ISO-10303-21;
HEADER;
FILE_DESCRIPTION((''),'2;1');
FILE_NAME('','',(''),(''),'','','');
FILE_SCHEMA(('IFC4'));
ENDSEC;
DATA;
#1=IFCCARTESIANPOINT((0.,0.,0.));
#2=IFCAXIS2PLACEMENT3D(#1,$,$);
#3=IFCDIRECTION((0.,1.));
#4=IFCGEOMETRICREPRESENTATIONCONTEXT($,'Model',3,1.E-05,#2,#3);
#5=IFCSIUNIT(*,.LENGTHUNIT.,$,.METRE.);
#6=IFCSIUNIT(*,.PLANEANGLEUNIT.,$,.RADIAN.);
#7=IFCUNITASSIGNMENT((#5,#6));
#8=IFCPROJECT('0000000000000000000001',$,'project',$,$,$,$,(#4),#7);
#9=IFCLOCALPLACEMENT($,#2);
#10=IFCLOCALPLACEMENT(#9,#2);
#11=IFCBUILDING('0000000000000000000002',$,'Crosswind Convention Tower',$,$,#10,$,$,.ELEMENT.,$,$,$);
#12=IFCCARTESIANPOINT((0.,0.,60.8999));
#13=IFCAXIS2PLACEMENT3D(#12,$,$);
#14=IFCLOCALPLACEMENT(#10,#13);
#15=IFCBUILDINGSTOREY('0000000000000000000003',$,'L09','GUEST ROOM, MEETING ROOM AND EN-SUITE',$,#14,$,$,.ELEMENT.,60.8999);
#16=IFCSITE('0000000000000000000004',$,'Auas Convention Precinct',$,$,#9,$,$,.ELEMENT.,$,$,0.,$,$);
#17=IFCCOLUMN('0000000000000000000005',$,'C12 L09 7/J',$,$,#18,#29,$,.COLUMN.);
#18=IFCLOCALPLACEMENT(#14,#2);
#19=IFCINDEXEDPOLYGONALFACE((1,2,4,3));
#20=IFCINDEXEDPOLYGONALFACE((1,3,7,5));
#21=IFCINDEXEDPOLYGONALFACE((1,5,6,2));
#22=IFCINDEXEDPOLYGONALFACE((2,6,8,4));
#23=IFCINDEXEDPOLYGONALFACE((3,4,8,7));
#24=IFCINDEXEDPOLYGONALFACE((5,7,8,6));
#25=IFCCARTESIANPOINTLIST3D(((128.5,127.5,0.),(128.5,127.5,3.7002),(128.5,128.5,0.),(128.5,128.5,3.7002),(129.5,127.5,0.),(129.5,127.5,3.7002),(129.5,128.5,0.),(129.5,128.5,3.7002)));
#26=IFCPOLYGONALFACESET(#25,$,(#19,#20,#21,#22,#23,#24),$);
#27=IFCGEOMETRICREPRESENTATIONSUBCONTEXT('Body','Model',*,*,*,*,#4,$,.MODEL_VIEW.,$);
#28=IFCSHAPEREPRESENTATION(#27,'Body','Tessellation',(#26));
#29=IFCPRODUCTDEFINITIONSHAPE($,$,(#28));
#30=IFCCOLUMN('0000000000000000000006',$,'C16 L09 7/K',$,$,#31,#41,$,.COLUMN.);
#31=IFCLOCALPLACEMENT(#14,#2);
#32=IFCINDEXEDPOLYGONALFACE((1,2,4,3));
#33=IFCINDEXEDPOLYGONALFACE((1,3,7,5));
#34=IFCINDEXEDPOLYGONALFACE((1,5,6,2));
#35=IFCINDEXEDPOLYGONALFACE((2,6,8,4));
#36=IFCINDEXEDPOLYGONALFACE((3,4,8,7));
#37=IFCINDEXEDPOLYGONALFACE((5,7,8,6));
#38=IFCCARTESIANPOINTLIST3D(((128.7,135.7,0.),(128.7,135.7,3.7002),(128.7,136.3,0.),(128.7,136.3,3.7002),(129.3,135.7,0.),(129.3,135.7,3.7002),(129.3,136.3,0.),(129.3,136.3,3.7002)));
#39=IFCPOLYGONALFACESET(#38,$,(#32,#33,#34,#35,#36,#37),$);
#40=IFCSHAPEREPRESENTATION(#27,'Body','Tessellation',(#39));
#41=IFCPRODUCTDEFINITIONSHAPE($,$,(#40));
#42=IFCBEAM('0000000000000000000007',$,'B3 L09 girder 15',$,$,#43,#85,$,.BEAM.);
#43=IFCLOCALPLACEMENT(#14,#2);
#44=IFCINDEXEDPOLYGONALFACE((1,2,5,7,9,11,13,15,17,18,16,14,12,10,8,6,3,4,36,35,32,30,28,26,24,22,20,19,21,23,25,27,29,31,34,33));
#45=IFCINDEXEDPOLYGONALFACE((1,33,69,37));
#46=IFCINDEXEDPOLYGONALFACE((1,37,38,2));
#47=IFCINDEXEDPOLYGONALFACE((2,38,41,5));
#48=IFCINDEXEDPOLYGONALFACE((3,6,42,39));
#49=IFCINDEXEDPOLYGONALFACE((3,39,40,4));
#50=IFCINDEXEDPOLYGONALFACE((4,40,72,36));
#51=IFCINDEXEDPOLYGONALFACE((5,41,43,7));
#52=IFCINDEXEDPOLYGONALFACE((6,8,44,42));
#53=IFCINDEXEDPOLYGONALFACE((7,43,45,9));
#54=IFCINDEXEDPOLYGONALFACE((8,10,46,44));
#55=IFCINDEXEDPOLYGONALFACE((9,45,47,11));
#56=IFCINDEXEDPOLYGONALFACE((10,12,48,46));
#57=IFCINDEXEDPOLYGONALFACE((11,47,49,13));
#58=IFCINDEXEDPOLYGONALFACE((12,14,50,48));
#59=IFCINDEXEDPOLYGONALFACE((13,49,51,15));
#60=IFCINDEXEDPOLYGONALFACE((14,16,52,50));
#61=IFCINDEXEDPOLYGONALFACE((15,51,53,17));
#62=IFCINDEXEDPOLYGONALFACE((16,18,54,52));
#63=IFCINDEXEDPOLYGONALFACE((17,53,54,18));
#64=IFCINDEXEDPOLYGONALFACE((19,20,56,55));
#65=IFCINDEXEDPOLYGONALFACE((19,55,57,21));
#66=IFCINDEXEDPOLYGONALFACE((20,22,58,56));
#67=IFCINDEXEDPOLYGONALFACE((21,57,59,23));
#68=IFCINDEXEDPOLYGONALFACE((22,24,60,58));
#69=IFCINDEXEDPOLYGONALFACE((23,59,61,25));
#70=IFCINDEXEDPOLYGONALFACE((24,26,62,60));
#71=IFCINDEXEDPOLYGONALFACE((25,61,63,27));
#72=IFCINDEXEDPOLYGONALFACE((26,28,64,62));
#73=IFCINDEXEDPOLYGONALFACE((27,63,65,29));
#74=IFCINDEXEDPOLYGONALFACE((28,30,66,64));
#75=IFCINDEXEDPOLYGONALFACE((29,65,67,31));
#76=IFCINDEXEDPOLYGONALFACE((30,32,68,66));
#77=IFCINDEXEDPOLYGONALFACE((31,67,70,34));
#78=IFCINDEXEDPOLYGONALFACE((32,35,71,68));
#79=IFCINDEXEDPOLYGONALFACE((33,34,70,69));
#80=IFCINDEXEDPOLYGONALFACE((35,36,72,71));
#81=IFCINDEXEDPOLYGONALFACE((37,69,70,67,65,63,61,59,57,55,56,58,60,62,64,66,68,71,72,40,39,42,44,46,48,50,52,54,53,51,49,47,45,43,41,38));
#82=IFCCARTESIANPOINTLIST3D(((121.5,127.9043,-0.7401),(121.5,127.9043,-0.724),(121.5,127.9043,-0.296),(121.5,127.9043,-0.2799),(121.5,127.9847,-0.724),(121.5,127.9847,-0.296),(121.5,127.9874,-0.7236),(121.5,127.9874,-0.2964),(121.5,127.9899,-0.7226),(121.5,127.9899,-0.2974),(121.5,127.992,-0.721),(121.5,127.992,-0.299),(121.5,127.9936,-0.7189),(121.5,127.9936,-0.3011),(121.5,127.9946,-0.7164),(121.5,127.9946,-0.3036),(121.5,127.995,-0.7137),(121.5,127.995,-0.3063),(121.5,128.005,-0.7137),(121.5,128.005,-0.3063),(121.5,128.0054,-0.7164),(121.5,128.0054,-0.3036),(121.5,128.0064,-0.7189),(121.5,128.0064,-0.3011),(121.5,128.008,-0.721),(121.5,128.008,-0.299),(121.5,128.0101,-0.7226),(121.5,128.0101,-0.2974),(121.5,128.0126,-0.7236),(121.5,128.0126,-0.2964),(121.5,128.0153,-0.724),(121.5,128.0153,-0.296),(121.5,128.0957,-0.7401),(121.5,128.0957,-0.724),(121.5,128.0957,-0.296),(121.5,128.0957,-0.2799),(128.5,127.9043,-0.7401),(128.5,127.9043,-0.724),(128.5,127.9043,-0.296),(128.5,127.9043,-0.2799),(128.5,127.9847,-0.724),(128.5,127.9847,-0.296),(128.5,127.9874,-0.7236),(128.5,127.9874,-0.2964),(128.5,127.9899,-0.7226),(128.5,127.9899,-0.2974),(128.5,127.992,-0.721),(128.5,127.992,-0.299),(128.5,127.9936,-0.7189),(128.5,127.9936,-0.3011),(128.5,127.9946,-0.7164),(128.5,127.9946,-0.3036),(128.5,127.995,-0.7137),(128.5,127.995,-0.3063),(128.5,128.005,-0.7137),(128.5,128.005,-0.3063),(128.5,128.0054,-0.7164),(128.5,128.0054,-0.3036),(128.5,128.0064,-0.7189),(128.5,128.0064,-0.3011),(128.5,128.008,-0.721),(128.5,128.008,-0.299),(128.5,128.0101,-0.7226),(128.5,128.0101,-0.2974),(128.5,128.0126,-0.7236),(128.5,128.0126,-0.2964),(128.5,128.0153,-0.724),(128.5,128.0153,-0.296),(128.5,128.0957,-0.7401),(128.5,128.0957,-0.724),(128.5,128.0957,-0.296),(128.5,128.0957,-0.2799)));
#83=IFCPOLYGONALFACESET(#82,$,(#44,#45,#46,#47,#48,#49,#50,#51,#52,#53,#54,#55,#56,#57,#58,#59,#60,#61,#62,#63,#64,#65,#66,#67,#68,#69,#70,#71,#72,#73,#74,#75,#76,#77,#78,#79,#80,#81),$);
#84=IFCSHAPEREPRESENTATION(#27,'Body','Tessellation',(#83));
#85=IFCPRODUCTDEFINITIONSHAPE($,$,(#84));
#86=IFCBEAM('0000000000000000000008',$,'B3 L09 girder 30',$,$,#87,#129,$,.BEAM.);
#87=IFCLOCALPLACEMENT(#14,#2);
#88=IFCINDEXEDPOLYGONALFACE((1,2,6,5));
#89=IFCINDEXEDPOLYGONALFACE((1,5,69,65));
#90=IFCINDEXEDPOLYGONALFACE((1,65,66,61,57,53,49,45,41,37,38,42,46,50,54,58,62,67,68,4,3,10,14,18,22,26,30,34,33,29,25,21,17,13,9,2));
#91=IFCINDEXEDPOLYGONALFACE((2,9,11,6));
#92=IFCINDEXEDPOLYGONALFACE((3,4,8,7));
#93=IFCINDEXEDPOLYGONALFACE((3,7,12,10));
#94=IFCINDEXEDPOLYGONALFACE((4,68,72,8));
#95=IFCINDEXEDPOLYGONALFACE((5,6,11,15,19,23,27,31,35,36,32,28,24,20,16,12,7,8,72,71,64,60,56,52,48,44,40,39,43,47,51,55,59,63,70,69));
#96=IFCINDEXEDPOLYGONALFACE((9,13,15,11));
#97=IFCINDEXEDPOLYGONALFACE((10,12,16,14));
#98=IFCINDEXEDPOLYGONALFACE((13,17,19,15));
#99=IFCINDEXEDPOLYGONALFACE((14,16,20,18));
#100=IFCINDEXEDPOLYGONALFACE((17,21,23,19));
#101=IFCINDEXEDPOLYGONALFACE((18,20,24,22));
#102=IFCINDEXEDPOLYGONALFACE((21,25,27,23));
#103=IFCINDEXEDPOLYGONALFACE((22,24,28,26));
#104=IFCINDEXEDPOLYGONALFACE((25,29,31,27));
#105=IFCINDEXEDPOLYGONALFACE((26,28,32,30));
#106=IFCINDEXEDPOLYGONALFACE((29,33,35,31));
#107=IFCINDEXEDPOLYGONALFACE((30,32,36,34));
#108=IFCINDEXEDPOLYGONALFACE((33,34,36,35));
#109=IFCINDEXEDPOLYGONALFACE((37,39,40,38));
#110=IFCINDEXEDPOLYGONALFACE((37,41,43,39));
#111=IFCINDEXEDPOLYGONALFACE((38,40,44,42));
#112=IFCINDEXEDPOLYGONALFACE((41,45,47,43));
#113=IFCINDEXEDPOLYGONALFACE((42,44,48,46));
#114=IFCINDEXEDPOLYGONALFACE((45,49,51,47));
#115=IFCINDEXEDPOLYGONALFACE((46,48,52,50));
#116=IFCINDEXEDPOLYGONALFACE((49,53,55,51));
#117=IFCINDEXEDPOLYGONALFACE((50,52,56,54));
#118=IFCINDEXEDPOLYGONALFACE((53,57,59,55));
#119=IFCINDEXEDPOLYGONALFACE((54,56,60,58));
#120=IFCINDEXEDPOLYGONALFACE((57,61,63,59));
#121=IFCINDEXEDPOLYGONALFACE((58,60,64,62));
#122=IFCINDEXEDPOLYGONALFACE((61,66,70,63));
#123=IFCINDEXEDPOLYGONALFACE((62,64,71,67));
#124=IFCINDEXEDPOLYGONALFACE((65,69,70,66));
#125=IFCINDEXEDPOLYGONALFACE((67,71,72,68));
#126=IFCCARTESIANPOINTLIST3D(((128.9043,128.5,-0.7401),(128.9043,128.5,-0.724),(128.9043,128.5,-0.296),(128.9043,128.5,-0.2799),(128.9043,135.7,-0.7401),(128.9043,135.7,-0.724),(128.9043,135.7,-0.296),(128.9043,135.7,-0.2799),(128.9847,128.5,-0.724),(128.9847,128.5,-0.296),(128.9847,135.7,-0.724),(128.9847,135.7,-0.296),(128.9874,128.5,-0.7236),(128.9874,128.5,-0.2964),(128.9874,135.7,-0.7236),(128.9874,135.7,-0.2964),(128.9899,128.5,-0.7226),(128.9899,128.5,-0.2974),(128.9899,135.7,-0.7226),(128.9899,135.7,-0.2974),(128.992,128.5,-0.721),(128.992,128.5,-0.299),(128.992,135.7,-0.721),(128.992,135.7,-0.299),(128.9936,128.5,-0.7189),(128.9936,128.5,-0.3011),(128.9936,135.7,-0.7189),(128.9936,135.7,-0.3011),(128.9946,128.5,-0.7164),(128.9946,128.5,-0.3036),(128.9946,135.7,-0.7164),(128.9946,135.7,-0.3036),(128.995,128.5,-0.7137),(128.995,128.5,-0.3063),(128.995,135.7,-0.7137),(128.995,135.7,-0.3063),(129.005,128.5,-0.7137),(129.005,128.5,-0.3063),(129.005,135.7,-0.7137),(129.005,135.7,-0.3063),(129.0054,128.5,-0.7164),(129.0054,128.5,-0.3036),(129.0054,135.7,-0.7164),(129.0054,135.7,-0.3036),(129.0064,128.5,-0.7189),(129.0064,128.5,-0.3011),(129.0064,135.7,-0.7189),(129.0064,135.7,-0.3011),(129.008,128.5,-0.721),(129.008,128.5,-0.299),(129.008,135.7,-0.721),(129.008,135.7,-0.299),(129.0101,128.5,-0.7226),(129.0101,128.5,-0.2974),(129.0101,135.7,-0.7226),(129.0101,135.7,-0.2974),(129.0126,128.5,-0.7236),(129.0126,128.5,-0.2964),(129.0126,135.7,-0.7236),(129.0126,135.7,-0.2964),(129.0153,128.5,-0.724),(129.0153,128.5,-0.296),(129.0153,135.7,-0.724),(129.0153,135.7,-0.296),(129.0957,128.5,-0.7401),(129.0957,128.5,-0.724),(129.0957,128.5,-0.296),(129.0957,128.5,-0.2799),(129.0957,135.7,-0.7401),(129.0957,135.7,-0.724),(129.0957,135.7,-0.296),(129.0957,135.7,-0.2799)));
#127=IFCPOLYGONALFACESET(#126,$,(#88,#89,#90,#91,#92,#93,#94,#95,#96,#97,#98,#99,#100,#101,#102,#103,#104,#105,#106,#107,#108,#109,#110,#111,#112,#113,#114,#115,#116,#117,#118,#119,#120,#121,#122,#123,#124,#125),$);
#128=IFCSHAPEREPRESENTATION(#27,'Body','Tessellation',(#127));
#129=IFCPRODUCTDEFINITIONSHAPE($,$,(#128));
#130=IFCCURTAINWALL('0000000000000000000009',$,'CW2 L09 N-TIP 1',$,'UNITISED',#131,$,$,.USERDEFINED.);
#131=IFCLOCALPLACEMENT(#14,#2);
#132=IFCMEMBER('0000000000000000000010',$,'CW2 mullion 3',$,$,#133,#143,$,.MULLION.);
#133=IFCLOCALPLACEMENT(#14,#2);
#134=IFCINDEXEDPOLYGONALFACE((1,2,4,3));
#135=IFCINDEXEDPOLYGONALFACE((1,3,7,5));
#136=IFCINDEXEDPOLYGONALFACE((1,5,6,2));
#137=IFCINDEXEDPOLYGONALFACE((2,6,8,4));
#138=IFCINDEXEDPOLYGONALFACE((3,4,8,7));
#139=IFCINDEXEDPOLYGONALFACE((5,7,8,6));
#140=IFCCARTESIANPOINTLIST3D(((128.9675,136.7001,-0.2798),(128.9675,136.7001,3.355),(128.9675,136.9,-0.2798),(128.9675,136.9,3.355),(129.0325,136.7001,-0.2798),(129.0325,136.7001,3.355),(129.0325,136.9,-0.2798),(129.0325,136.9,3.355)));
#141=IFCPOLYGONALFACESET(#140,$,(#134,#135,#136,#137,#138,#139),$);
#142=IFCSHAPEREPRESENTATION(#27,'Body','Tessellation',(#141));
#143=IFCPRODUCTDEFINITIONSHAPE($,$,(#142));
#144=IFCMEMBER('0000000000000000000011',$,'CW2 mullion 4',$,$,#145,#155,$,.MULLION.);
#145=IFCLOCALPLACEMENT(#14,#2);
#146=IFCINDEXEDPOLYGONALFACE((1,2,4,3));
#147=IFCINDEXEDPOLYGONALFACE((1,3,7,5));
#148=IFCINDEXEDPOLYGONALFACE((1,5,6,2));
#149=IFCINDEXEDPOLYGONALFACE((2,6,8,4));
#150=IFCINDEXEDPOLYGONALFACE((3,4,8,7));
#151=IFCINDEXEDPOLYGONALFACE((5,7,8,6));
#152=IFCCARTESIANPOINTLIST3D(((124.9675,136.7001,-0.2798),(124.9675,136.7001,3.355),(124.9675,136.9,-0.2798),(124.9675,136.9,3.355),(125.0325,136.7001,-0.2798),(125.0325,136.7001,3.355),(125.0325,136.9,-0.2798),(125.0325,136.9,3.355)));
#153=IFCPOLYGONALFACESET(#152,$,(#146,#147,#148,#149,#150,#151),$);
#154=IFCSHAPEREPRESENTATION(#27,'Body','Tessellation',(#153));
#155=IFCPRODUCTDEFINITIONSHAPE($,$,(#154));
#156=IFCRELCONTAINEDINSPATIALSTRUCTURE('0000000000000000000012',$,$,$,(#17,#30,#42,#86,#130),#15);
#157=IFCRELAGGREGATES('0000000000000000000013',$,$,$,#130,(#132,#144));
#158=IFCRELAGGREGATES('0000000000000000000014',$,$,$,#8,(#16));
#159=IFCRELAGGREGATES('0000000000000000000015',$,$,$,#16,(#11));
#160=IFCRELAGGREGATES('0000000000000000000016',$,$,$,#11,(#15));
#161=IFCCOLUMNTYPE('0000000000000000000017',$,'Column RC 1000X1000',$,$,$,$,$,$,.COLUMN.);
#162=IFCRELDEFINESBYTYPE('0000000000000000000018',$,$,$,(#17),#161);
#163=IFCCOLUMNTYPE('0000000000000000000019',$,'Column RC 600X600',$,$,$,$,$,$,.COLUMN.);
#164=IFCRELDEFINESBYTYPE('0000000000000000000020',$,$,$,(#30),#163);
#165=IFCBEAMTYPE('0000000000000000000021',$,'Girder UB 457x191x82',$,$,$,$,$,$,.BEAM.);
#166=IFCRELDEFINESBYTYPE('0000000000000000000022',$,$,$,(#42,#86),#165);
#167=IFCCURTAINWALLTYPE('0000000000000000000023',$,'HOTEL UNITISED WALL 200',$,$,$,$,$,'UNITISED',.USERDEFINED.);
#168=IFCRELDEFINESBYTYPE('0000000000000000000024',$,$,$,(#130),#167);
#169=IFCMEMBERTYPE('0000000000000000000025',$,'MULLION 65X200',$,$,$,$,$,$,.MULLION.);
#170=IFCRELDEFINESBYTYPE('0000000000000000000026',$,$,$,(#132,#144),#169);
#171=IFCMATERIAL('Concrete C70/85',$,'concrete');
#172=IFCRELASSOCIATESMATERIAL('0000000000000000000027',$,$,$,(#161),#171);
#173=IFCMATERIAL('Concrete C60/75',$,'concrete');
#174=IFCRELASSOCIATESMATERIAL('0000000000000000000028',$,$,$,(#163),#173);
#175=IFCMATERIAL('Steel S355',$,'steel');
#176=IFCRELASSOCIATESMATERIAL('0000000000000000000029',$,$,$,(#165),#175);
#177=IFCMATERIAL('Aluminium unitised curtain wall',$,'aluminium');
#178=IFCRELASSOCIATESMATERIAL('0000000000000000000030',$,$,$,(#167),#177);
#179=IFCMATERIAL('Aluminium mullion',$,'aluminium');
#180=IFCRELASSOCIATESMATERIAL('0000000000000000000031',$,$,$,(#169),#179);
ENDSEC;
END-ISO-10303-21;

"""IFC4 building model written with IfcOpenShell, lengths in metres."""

from ifc_helpers import new_model, si_unit, direction, frame, origin, origin_2d, place, context, subcontext, project, spatial, rectangle, i_section, extrude, material, material_profile, profile_set, type_object, element, aggregate, save


model = new_model("IFC4")

# Units and contexts
model_context = context("Model", 3, precision=1e-05, world=origin(), true_north=direction((0.0, 1.0)))
body_context = subcontext(model_context, "Body", "Model", "MODEL_VIEW")
ifc_project = project(units=[si_unit("LENGTHUNIT", "METRE"), si_unit("PLANEANGLEUNIT", "RADIAN")], contexts=[model_context])

# Site, building, storey
site_placement = place(None, origin())
site = spatial("IfcSite", under=ifc_project, at=site_placement, Name="Auas Convention Precinct", CompositionType="ELEMENT", RefElevation=0.0)
building_placement = place(site_placement, origin())
building = spatial("IfcBuilding", under=site, at=building_placement, Name="Crosswind Convention Tower", CompositionType="ELEMENT")
storey_placement = place(building_placement, frame((0.0, 0.0, 60.8999)))
storey = spatial("IfcBuildingStorey", under=building, at=storey_placement, Name="L09", Description="GUEST ROOM, MEETING ROOM AND EN-SUITE", CompositionType="ELEMENT", Elevation=60.8999)

# Columns
ifc_material_1 = material(Name="Concrete C70/85", Category="concrete")
ifc_material_profile_1 = material_profile(ifc_material_1, rectangle(XDim=1.0, YDim=1.0, at=origin_2d()), Name="RC 1000X1000")
ifc_profile_set_1 = profile_set([ifc_material_profile_1], Name="Concrete C70/85")
column_type_1 = type_object("IfcColumnType", Name="Column RC 1000X1000", PredefinedType="COLUMN", material=ifc_profile_set_1)
column_1_placement = place(storey_placement, frame((129.0, 128.0, 0.0), z_axis=(0.0, 0.0, 1.0), x_axis=(1.0, 0.0, 0.0)))
element("IfcColumn", 1, at=column_1_placement, inside=storey, type_object=column_type_1, Name="C12 L09 7/J", PredefinedType="COLUMN", context=body_context, shape_type="SweptSolid", body=[
    extrude(rectangle(XDim=1.0, YDim=1.0, at=origin_2d()), origin(), (0.0, 0.0, 1.0), 3.7002),
])
ifc_material_2 = material(Name="Concrete C60/75", Category="concrete")
ifc_material_profile_2 = material_profile(ifc_material_2, rectangle(XDim=0.6001, YDim=0.6001, at=origin_2d()), Name="RC 600X600")
ifc_profile_set_2 = profile_set([ifc_material_profile_2], Name="Concrete C60/75")
column_type_2 = type_object("IfcColumnType", Name="Column RC 600X600", PredefinedType="COLUMN", material=ifc_profile_set_2)
column_2_placement = place(storey_placement, frame((129.0, 136.0, 0.0), z_axis=(0.0, 0.0, 1.0), x_axis=(1.0, 0.0, 0.0)))
element("IfcColumn", 2, at=column_2_placement, inside=storey, type_object=column_type_2, Name="C16 L09 7/K", PredefinedType="COLUMN", context=body_context, shape_type="SweptSolid", body=[
    extrude(rectangle(XDim=0.6001, YDim=0.6001, at=origin_2d()), origin(), (0.0, 0.0, 1.0), 3.7002),
])

# Beams
ifc_material_3 = material(Name="Steel S355", Category="steel")
ifc_material_profile_3 = material_profile(ifc_material_3, i_section(OverallWidth=0.1914, OverallDepth=0.4602, WebThickness=0.01, FlangeThickness=0.0161, FilletRadius=0.0103, at=origin_2d()), Name="UB 457x191x82")
ifc_profile_set_3 = profile_set([ifc_material_profile_3], Name="Steel S355")
beam_type_1 = type_object("IfcBeamType", Name="Girder UB 457x191x82", PredefinedType="BEAM", material=ifc_profile_set_3)
beam_1_placement = place(storey_placement, frame((121.5, 128.0, -0.51), z_axis=(1.0, 0.0, 0.0), x_axis=(0.0, 1.0, 0.0)))
element("IfcBeam", 3, at=beam_1_placement, inside=storey, type_object=beam_type_1, Name="B3 L09 girder 15", PredefinedType="BEAM", context=body_context, shape_type="SweptSolid", body=[
    extrude(i_section(OverallWidth=0.1914, OverallDepth=0.4602, WebThickness=0.01, FlangeThickness=0.0161, FilletRadius=0.0103, at=origin_2d()), origin(), (0.0, 0.0, 1.0), 7.0),
])
beam_2_placement = place(storey_placement, frame((129.0, 128.5, -0.51), z_axis=(0.0, 1.0, 0.0), x_axis=(-1.0, 0.0, 0.0)))
element("IfcBeam", 4, at=beam_2_placement, inside=storey, type_object=beam_type_1, Name="B3 L09 girder 30", PredefinedType="BEAM", context=body_context, shape_type="SweptSolid", body=[
    extrude(i_section(OverallWidth=0.1914, OverallDepth=0.4602, WebThickness=0.01, FlangeThickness=0.0161, FilletRadius=0.0103, at=origin_2d()), origin(), (0.0, 0.0, 1.0), 7.2),
])

# Curtain wall, members
ifc_material_4 = material(Name="Aluminium unitised curtain wall", Category="aluminium")
curtain_wall_type = type_object("IfcCurtainWallType", Name="HOTEL UNITISED WALL 200", ElementType="UNITISED", PredefinedType="USERDEFINED", material=ifc_material_4)
curtain_wall_placement = place(storey_placement, origin())
curtain_wall = element("IfcCurtainWall", 5, at=curtain_wall_placement, inside=storey, type_object=curtain_wall_type, Name="CW2 L09 N-TIP 1", ObjectType="UNITISED", PredefinedType="USERDEFINED")
ifc_material_5 = material(Name="Aluminium mullion", Category="aluminium")
ifc_material_profile_4 = material_profile(ifc_material_5, rectangle(XDim=0.2, YDim=0.0649, at=origin_2d()), Name="AL 200X65")
ifc_profile_set_4 = profile_set([ifc_material_profile_4], Name="Aluminium mullion")
member_type = type_object("IfcMemberType", Name="MULLION 65X200", PredefinedType="MULLION", material=ifc_profile_set_4)
member_1_placement = place(storey_placement, frame((129.0, 136.8, -0.2798), z_axis=(0.0, 0.0, 1.0), x_axis=(0.0, 1.0, 0.0)))
member_1 = element("IfcMember", 6, at=member_1_placement, type_object=member_type, Name="CW2 mullion 3", PredefinedType="MULLION", context=body_context, shape_type="SweptSolid", body=[
    extrude(rectangle(XDim=0.2, YDim=0.0649, at=origin_2d()), origin(), (0.0, 0.0, 1.0), 3.6348),
])
member_2_placement = place(storey_placement, frame((125.0, 136.8, -0.2798), z_axis=(0.0, 0.0, 1.0), x_axis=(0.0, 1.0, 0.0)))
member_2 = element("IfcMember", 7, at=member_2_placement, type_object=member_type, Name="CW2 mullion 4", PredefinedType="MULLION", context=body_context, shape_type="SweptSolid", body=[
    extrude(rectangle(XDim=0.2, YDim=0.0649, at=origin_2d()), origin(), (0.0, 0.0, 1.0), 3.6348),
])

aggregate(curtain_wall, [member_1, member_2])

save(model, "model.ifc")
